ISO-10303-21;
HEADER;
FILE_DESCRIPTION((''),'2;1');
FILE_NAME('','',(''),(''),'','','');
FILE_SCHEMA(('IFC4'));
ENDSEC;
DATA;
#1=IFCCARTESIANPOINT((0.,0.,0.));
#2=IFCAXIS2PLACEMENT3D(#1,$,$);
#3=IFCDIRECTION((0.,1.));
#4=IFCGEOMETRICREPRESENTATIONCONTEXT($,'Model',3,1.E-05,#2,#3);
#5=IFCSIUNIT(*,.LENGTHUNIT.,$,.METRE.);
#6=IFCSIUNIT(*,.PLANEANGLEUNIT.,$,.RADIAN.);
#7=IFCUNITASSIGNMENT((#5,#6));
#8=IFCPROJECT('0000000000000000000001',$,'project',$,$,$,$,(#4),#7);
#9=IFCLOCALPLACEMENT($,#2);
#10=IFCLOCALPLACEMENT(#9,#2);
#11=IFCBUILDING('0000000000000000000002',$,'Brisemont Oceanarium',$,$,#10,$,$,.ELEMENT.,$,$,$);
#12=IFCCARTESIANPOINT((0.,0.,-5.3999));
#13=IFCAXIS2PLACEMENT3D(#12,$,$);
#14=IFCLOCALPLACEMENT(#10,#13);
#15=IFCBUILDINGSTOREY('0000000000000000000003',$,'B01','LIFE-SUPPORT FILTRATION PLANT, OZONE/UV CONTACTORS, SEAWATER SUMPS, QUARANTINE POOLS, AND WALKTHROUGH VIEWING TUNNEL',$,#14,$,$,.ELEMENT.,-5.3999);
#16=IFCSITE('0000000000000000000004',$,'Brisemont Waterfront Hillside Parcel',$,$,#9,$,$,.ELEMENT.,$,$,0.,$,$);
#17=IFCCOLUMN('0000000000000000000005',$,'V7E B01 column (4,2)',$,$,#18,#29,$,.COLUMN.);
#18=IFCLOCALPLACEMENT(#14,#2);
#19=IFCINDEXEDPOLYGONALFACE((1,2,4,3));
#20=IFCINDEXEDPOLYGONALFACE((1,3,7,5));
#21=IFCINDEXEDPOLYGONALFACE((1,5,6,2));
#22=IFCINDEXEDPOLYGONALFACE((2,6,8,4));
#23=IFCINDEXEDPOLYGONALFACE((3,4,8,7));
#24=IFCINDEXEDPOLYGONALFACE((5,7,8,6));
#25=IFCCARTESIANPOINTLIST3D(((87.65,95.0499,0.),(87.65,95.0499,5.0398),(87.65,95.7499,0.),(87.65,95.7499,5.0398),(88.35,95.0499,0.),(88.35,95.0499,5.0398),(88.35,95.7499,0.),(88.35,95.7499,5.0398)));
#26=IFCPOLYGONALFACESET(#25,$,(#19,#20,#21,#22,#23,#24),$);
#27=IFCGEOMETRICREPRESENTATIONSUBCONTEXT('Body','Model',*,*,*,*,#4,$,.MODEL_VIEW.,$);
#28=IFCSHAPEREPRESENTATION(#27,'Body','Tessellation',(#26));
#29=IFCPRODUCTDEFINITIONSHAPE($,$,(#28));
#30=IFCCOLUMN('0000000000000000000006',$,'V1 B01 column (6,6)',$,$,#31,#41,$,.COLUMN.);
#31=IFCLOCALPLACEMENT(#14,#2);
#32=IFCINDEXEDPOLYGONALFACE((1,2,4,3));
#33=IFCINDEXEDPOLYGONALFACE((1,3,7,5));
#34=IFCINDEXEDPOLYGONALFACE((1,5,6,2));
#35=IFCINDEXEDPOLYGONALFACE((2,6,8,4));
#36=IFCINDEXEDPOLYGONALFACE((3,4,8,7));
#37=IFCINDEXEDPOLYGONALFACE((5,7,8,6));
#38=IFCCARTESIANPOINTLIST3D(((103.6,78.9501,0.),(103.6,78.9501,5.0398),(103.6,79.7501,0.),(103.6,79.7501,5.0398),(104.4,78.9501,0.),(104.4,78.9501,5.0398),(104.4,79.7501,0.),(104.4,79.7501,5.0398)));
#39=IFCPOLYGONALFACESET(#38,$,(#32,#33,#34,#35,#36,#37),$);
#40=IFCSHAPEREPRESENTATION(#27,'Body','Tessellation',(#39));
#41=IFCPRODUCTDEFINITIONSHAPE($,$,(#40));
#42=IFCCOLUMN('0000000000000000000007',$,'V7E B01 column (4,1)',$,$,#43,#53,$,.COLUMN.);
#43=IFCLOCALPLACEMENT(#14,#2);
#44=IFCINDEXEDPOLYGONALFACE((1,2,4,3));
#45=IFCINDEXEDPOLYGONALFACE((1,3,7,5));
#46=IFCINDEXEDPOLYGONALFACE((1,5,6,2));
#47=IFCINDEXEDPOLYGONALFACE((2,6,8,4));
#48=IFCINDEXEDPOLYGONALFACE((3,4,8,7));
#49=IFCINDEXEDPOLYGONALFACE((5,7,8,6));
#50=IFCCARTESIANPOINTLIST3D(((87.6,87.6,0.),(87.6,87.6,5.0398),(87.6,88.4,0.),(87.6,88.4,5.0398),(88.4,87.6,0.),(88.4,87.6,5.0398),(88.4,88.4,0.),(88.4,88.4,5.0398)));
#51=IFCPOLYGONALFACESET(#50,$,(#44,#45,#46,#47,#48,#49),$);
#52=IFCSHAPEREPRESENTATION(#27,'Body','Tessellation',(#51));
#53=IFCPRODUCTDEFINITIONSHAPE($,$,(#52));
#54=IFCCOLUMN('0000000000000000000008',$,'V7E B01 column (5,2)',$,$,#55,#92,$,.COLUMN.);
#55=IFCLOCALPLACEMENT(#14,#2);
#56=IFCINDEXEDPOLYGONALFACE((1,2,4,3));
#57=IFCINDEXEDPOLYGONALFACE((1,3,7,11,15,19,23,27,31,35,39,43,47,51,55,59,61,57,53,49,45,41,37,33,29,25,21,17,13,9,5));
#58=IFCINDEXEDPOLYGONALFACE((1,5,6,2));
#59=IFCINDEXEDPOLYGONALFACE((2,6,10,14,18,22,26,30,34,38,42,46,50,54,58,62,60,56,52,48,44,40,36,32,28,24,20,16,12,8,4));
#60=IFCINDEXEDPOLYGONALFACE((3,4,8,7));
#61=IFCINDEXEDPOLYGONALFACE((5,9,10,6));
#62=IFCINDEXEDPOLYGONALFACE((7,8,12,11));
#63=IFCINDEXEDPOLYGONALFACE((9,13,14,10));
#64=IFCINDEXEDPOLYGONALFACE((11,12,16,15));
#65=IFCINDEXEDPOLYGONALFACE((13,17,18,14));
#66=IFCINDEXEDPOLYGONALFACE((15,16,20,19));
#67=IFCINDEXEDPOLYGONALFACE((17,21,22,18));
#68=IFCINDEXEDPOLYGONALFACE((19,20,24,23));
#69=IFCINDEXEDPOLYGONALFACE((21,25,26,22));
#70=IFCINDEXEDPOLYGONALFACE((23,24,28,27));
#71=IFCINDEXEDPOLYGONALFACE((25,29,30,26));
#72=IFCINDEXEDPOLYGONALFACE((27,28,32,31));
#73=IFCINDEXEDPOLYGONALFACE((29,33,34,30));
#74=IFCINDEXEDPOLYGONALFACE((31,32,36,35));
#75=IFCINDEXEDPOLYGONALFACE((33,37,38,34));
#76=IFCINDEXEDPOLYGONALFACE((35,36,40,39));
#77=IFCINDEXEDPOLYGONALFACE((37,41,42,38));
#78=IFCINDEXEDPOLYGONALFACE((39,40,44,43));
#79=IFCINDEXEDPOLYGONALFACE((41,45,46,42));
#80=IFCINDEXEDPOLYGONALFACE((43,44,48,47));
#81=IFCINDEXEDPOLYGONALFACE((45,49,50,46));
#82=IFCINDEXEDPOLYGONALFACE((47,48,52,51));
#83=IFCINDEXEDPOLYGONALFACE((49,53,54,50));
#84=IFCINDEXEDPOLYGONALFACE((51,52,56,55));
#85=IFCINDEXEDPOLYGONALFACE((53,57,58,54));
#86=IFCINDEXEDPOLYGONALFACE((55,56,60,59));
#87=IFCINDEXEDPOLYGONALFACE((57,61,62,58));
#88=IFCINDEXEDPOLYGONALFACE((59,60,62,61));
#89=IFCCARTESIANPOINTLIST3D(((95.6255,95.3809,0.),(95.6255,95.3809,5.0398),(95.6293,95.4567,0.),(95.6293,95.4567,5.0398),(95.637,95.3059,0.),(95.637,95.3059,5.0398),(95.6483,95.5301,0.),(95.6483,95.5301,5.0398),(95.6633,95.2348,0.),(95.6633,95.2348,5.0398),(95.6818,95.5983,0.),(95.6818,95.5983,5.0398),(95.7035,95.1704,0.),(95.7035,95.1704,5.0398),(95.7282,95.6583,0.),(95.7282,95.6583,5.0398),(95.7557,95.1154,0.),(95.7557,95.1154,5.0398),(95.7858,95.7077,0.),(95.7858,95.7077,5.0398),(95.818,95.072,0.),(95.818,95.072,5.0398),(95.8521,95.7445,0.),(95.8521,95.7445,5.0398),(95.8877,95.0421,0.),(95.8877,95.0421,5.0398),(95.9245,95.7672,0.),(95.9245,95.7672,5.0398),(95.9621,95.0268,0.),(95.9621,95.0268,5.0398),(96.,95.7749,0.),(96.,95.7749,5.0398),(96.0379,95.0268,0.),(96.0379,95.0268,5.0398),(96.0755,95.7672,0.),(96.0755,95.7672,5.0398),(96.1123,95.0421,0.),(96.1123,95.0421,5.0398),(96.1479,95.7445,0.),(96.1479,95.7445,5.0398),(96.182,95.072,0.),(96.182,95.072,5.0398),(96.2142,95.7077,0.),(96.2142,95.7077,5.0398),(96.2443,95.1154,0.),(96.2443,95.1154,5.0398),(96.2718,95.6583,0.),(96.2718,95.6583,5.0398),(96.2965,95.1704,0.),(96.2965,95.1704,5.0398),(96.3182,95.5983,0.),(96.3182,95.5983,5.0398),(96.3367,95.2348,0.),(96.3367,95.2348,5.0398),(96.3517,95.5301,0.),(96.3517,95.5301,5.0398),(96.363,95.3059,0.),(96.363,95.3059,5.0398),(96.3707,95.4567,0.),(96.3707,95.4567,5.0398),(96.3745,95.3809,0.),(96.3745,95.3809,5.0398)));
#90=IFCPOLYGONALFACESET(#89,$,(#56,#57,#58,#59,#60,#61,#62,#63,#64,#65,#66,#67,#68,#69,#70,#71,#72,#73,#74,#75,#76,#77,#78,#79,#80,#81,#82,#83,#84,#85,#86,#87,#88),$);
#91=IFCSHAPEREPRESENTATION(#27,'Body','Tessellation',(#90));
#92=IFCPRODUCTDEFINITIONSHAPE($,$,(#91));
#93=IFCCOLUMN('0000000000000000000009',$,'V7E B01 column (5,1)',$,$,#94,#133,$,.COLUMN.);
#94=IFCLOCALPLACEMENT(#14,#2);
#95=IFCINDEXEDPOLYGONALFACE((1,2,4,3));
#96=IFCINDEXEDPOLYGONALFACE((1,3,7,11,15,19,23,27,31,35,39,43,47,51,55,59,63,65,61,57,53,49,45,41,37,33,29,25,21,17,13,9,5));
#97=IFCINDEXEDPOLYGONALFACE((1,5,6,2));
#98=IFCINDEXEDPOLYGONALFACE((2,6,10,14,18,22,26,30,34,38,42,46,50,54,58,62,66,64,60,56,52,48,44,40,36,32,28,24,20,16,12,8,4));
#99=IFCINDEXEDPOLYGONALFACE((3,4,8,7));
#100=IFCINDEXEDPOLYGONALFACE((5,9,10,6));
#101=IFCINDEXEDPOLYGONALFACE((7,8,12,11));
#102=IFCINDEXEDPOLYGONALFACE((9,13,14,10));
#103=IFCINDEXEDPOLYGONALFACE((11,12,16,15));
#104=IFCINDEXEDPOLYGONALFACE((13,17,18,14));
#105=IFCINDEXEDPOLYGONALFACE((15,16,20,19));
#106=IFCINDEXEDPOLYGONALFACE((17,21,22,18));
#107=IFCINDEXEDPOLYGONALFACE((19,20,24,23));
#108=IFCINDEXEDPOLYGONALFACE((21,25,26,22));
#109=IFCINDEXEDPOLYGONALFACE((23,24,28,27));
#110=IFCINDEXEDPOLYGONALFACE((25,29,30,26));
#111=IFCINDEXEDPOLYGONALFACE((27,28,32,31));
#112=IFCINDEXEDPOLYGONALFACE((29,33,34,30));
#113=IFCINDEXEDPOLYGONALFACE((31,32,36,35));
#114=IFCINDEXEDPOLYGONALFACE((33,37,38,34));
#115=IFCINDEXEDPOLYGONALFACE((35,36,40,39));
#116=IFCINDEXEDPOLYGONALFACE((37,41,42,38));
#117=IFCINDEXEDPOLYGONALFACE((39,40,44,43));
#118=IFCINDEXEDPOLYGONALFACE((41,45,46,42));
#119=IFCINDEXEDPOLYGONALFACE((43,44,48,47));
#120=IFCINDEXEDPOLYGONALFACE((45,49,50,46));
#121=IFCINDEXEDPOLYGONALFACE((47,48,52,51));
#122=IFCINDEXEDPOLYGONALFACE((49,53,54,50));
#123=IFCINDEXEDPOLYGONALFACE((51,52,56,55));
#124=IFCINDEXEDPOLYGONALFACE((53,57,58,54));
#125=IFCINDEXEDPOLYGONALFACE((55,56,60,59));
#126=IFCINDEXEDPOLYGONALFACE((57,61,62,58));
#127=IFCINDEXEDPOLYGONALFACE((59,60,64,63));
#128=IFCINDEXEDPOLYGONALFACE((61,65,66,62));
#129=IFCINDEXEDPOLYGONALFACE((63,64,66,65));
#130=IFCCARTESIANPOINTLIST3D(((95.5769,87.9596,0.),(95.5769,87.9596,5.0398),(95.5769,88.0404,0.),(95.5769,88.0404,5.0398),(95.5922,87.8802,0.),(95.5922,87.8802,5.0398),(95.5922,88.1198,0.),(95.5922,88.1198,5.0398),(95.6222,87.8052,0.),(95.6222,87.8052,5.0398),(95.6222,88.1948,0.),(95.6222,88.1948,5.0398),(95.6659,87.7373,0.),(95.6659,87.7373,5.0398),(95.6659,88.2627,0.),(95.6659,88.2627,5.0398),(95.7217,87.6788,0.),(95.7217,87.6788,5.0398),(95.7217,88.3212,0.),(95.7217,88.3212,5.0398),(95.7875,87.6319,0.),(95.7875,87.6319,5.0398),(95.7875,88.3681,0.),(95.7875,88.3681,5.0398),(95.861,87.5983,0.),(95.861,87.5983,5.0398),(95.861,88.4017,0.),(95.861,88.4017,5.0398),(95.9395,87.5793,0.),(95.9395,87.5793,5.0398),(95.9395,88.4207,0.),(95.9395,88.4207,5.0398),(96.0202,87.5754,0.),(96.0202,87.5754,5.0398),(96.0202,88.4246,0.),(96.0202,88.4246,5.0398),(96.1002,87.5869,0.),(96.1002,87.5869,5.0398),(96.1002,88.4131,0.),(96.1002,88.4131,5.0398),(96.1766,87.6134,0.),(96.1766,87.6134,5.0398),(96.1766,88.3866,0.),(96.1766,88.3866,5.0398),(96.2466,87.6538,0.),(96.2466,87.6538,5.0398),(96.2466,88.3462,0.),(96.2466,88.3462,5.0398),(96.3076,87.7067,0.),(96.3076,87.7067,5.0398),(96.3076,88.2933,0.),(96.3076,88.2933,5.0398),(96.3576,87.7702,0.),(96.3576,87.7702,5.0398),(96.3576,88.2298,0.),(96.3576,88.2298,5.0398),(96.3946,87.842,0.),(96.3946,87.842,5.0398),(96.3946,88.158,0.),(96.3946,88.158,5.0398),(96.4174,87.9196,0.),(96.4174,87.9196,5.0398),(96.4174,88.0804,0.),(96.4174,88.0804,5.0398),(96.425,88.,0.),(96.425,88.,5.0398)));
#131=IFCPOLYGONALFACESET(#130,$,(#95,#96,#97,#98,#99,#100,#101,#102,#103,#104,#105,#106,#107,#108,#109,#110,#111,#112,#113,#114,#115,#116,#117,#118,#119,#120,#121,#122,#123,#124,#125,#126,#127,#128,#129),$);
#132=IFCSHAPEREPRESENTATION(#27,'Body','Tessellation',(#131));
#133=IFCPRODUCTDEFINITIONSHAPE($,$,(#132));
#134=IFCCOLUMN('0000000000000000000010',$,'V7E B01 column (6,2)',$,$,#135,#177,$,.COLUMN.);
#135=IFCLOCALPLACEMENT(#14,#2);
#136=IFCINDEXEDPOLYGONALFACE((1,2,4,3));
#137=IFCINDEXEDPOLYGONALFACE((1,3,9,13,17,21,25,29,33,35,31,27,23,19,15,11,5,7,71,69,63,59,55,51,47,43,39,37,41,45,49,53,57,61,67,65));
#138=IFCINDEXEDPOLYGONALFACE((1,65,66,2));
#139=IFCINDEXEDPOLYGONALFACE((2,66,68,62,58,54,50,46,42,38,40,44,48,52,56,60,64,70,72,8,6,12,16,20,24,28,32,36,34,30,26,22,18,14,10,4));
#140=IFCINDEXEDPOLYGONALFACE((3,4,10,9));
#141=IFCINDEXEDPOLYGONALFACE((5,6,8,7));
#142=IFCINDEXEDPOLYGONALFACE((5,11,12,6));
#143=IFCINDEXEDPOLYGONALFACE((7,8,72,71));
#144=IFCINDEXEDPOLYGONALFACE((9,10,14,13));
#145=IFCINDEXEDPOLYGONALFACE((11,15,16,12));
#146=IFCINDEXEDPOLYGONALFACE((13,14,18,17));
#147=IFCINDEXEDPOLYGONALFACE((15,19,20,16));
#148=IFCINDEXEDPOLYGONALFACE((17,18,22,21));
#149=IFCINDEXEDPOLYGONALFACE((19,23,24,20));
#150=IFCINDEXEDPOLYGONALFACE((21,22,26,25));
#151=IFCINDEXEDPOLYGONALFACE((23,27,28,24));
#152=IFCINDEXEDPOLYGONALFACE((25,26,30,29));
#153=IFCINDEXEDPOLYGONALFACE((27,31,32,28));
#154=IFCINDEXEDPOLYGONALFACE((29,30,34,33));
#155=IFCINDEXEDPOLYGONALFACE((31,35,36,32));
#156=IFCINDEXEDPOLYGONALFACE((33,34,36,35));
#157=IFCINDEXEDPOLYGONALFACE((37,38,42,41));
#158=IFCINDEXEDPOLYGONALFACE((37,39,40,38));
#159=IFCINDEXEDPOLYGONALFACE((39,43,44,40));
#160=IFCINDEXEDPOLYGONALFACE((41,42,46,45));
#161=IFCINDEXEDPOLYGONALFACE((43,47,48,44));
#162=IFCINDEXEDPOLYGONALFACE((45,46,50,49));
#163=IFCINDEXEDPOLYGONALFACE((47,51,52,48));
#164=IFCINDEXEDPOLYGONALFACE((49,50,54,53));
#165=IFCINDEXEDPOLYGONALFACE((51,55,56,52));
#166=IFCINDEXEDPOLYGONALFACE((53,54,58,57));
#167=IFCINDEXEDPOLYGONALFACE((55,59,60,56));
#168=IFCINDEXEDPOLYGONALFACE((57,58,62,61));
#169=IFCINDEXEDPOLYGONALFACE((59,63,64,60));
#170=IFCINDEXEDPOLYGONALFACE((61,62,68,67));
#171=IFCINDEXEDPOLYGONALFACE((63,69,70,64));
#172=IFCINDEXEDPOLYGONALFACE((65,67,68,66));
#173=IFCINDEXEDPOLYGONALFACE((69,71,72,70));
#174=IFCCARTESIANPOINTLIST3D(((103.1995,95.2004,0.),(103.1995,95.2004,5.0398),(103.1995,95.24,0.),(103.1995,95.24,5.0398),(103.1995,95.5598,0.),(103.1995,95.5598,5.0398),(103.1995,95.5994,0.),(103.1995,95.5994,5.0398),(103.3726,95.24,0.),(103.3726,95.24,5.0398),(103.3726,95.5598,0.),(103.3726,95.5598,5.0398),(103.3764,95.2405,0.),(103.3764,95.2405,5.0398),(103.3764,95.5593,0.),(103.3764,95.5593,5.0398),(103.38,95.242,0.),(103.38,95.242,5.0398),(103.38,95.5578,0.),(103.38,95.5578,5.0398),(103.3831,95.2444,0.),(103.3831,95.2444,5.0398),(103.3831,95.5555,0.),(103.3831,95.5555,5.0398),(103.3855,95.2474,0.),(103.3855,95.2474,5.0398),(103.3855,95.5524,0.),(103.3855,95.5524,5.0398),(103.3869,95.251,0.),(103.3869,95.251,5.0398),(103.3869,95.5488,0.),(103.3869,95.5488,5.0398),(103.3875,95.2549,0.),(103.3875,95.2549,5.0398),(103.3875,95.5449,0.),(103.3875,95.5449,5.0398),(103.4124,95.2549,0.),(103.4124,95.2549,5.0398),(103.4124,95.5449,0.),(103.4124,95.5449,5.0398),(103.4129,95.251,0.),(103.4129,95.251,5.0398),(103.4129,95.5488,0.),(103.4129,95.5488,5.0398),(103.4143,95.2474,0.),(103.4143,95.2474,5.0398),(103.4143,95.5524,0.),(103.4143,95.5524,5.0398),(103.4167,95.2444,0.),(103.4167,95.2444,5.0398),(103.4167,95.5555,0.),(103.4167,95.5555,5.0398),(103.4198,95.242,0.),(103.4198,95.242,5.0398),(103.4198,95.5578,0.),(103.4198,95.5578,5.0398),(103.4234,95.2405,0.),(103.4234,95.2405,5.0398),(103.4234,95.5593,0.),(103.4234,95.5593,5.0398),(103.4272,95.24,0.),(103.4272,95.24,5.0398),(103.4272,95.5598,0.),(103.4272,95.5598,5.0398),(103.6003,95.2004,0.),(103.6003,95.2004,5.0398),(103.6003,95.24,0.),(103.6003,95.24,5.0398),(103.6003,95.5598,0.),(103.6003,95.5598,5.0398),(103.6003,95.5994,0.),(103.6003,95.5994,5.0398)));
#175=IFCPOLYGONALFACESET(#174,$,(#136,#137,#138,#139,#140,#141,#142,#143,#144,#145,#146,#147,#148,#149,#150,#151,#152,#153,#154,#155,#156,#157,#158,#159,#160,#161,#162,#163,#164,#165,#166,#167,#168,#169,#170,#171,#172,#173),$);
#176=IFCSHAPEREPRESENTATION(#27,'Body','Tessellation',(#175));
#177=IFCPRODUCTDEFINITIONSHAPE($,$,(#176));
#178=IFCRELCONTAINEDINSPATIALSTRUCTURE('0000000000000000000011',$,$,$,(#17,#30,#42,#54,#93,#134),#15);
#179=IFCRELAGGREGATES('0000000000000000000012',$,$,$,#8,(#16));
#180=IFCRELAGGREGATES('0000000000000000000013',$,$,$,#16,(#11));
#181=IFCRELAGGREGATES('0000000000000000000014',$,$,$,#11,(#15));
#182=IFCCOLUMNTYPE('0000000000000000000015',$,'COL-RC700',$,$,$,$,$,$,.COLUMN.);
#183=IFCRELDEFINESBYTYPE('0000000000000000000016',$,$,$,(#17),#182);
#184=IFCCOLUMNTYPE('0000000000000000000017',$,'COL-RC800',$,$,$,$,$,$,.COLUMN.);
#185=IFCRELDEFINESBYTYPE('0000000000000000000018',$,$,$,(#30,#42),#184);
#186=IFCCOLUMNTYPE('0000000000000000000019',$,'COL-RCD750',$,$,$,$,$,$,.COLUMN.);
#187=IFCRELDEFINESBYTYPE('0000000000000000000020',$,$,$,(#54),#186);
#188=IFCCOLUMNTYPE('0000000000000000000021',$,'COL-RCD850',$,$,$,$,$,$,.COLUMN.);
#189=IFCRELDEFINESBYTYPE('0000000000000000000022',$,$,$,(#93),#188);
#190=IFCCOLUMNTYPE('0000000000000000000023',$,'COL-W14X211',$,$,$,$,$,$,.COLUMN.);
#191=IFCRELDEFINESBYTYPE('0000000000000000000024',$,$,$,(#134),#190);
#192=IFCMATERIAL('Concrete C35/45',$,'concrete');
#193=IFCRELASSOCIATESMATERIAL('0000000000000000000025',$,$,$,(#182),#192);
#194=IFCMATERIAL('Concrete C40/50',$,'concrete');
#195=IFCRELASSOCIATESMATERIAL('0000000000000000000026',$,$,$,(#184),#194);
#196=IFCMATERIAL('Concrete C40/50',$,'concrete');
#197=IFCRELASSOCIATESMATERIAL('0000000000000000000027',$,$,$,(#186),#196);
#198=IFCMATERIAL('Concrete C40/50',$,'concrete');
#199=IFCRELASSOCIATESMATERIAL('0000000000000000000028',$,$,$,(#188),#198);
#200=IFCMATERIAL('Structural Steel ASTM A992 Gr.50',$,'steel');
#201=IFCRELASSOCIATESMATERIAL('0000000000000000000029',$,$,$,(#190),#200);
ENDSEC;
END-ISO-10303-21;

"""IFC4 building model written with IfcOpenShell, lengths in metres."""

from ifc_helpers import new_model, si_unit, direction, frame, origin, origin_2d, place, context, subcontext, project, spatial, rectangle, circle, i_section, extrude, material, material_profile, profile_set, type_object, element, save


model = new_model("IFC4")

# Units and contexts
model_context = context("Model", 3, precision=1e-05, world=origin(), true_north=direction((0.0, 1.0)))
body_context = subcontext(model_context, "Body", "Model", "MODEL_VIEW")
ifc_project = project(units=[si_unit("LENGTHUNIT", "METRE"), si_unit("PLANEANGLEUNIT", "RADIAN")], contexts=[model_context])

# Site, building, storey
site_placement = place(None, origin())
site = spatial("IfcSite", under=ifc_project, at=site_placement, Name="Brisemont Waterfront Hillside Parcel", CompositionType="ELEMENT", RefElevation=0.0)
building_placement = place(site_placement, origin())
building = spatial("IfcBuilding", under=site, at=building_placement, Name="Brisemont Oceanarium", CompositionType="ELEMENT")
storey_placement = place(building_placement, frame((0.0, 0.0, -5.3999)))
storey = spatial("IfcBuildingStorey", under=building, at=storey_placement, Name="B01", Description="LIFE-SUPPORT FILTRATION PLANT, OZONE/UV CONTACTORS, SEAWATER SUMPS, QUARANTINE POOLS, AND WALKTHROUGH VIEWING TUNNEL", CompositionType="ELEMENT", Elevation=-5.3999)

# Columns
ifc_material_1 = material(Name="Concrete C35/45", Category="concrete")
ifc_material_profile_1 = material_profile(ifc_material_1, rectangle(XDim=0.7, YDim=0.7, at=origin_2d()), Name="RC-COL-700X700")
ifc_profile_set_1 = profile_set([ifc_material_profile_1], Name="Concrete C35/45")
column_type_1 = type_object("IfcColumnType", Name="COL-RC700", PredefinedType="COLUMN", material=ifc_profile_set_1)
column_1_placement = place(storey_placement, frame((88.0, 95.3999, 0.0), z_axis=(0.0, 0.0, 1.0), x_axis=(1.0, 0.0, 0.0)))
element("IfcColumn", 1, at=column_1_placement, inside=storey, type_object=column_type_1, Name="V7E B01 column (4,2)", PredefinedType="COLUMN", context=body_context, shape_type="SweptSolid", body=[
    extrude(rectangle(XDim=0.7, YDim=0.7, at=origin_2d()), origin(), (0.0, 0.0, 1.0), 5.0398),
])
ifc_material_2 = material(Name="Concrete C40/50", Category="concrete")
ifc_material_profile_2 = material_profile(ifc_material_2, rectangle(XDim=0.8, YDim=0.8, at=origin_2d()), Name="RC-COL-800X800")
ifc_profile_set_2 = profile_set([ifc_material_profile_2], Name="Concrete C40/50")
column_type_2 = type_object("IfcColumnType", Name="COL-RC800", PredefinedType="COLUMN", material=ifc_profile_set_2)
for number, where, z_axis, x_axis, name in (
    (2, (104.0, 79.3501, 0.0), (0.0, 0.0, 1.0), (1.0, 0.0, 0.0), "V1 B01 column (6,6)"),
    (3, (88.0, 88.0, 0.0), (0.0, 0.0, 1.0), (0.0, 1.0, 0.0), "V7E B01 column (4,1)"),
):
    element("IfcColumn", number, at=place(storey_placement, frame(where, z_axis=z_axis, x_axis=x_axis)), inside=storey, type_object=column_type_2, Name=name, PredefinedType="COLUMN", context=body_context, shape_type="SweptSolid", body=[
        extrude(rectangle(XDim=0.8, YDim=0.8, at=origin_2d()), origin(), (0.0, 0.0, 1.0), 5.0398),
    ])
ifc_material_3 = material(Name="Concrete C40/50", Category="concrete")
ifc_material_profile_3 = material_profile(ifc_material_3, circle(Radius=0.375, at=origin_2d()), Name="RC-COL-D750")
ifc_profile_set_3 = profile_set([ifc_material_profile_3], Name="Concrete C40/50")
column_type_3 = type_object("IfcColumnType", Name="COL-RCD750", PredefinedType="COLUMN", material=ifc_profile_set_3)
column_2_placement = place(storey_placement, frame((96.0, 95.3999, 0.0), z_axis=(0.0, 0.0, 1.0), x_axis=(0.0, 1.0, 0.0)))
element("IfcColumn", 4, at=column_2_placement, inside=storey, type_object=column_type_3, Name="V7E B01 column (5,2)", PredefinedType="COLUMN", context=body_context, shape_type="SweptSolid", body=[
    extrude(circle(Radius=0.375, at=origin_2d()), origin(), (0.0, 0.0, 1.0), 5.0398),
])
ifc_material_4 = material(Name="Concrete C40/50", Category="concrete")
ifc_material_profile_4 = material_profile(ifc_material_4, circle(Radius=0.425, at=origin_2d()), Name="RC-COL-D850")
ifc_profile_set_4 = profile_set([ifc_material_profile_4], Name="Concrete C40/50")
column_type_4 = type_object("IfcColumnType", Name="COL-RCD850", PredefinedType="COLUMN", material=ifc_profile_set_4)
column_3_placement = place(storey_placement, frame((96.0, 88.0, 0.0), z_axis=(0.0, 0.0, 1.0), x_axis=(1.0, 0.0, 0.0)))
element("IfcColumn", 5, at=column_3_placement, inside=storey, type_object=column_type_4, Name="V7E B01 column (5,1)", PredefinedType="COLUMN", context=body_context, shape_type="SweptSolid", body=[
    extrude(circle(Radius=0.425, at=origin_2d()), origin(), (0.0, 0.0, 1.0), 5.0398),
])
ifc_material_5 = material(Name="Structural Steel ASTM A992 Gr.50", Category="steel")
ifc_material_profile_5 = material_profile(ifc_material_5, i_section(OverallWidth=0.4009, OverallDepth=0.3989, WebThickness=0.0249, FlangeThickness=0.0396, FilletRadius=0.0149, at=origin_2d()), Name="W14X211")
ifc_profile_set_5 = profile_set([ifc_material_profile_5], Name="Structural Steel ASTM A992 Gr.50")
column_type_5 = type_object("IfcColumnType", Name="COL-W14X211", PredefinedType="COLUMN", material=ifc_profile_set_5)
column_4_placement = place(storey_placement, frame((103.3999, 95.3999, 0.0), z_axis=(0.0, 0.0, 1.0), x_axis=(1.0, 0.0, 0.0)))
element("IfcColumn", 6, at=column_4_placement, inside=storey, type_object=column_type_5, Name="V7E B01 column (6,2)", PredefinedType="COLUMN", context=body_context, shape_type="SweptSolid", body=[
    extrude(i_section(OverallWidth=0.4009, OverallDepth=0.3989, WebThickness=0.0249, FlangeThickness=0.0396, FilletRadius=0.0149, at=origin_2d()), origin(), (0.0, 0.0, 1.0), 5.0398),
])

save(model, "model.ifc")
